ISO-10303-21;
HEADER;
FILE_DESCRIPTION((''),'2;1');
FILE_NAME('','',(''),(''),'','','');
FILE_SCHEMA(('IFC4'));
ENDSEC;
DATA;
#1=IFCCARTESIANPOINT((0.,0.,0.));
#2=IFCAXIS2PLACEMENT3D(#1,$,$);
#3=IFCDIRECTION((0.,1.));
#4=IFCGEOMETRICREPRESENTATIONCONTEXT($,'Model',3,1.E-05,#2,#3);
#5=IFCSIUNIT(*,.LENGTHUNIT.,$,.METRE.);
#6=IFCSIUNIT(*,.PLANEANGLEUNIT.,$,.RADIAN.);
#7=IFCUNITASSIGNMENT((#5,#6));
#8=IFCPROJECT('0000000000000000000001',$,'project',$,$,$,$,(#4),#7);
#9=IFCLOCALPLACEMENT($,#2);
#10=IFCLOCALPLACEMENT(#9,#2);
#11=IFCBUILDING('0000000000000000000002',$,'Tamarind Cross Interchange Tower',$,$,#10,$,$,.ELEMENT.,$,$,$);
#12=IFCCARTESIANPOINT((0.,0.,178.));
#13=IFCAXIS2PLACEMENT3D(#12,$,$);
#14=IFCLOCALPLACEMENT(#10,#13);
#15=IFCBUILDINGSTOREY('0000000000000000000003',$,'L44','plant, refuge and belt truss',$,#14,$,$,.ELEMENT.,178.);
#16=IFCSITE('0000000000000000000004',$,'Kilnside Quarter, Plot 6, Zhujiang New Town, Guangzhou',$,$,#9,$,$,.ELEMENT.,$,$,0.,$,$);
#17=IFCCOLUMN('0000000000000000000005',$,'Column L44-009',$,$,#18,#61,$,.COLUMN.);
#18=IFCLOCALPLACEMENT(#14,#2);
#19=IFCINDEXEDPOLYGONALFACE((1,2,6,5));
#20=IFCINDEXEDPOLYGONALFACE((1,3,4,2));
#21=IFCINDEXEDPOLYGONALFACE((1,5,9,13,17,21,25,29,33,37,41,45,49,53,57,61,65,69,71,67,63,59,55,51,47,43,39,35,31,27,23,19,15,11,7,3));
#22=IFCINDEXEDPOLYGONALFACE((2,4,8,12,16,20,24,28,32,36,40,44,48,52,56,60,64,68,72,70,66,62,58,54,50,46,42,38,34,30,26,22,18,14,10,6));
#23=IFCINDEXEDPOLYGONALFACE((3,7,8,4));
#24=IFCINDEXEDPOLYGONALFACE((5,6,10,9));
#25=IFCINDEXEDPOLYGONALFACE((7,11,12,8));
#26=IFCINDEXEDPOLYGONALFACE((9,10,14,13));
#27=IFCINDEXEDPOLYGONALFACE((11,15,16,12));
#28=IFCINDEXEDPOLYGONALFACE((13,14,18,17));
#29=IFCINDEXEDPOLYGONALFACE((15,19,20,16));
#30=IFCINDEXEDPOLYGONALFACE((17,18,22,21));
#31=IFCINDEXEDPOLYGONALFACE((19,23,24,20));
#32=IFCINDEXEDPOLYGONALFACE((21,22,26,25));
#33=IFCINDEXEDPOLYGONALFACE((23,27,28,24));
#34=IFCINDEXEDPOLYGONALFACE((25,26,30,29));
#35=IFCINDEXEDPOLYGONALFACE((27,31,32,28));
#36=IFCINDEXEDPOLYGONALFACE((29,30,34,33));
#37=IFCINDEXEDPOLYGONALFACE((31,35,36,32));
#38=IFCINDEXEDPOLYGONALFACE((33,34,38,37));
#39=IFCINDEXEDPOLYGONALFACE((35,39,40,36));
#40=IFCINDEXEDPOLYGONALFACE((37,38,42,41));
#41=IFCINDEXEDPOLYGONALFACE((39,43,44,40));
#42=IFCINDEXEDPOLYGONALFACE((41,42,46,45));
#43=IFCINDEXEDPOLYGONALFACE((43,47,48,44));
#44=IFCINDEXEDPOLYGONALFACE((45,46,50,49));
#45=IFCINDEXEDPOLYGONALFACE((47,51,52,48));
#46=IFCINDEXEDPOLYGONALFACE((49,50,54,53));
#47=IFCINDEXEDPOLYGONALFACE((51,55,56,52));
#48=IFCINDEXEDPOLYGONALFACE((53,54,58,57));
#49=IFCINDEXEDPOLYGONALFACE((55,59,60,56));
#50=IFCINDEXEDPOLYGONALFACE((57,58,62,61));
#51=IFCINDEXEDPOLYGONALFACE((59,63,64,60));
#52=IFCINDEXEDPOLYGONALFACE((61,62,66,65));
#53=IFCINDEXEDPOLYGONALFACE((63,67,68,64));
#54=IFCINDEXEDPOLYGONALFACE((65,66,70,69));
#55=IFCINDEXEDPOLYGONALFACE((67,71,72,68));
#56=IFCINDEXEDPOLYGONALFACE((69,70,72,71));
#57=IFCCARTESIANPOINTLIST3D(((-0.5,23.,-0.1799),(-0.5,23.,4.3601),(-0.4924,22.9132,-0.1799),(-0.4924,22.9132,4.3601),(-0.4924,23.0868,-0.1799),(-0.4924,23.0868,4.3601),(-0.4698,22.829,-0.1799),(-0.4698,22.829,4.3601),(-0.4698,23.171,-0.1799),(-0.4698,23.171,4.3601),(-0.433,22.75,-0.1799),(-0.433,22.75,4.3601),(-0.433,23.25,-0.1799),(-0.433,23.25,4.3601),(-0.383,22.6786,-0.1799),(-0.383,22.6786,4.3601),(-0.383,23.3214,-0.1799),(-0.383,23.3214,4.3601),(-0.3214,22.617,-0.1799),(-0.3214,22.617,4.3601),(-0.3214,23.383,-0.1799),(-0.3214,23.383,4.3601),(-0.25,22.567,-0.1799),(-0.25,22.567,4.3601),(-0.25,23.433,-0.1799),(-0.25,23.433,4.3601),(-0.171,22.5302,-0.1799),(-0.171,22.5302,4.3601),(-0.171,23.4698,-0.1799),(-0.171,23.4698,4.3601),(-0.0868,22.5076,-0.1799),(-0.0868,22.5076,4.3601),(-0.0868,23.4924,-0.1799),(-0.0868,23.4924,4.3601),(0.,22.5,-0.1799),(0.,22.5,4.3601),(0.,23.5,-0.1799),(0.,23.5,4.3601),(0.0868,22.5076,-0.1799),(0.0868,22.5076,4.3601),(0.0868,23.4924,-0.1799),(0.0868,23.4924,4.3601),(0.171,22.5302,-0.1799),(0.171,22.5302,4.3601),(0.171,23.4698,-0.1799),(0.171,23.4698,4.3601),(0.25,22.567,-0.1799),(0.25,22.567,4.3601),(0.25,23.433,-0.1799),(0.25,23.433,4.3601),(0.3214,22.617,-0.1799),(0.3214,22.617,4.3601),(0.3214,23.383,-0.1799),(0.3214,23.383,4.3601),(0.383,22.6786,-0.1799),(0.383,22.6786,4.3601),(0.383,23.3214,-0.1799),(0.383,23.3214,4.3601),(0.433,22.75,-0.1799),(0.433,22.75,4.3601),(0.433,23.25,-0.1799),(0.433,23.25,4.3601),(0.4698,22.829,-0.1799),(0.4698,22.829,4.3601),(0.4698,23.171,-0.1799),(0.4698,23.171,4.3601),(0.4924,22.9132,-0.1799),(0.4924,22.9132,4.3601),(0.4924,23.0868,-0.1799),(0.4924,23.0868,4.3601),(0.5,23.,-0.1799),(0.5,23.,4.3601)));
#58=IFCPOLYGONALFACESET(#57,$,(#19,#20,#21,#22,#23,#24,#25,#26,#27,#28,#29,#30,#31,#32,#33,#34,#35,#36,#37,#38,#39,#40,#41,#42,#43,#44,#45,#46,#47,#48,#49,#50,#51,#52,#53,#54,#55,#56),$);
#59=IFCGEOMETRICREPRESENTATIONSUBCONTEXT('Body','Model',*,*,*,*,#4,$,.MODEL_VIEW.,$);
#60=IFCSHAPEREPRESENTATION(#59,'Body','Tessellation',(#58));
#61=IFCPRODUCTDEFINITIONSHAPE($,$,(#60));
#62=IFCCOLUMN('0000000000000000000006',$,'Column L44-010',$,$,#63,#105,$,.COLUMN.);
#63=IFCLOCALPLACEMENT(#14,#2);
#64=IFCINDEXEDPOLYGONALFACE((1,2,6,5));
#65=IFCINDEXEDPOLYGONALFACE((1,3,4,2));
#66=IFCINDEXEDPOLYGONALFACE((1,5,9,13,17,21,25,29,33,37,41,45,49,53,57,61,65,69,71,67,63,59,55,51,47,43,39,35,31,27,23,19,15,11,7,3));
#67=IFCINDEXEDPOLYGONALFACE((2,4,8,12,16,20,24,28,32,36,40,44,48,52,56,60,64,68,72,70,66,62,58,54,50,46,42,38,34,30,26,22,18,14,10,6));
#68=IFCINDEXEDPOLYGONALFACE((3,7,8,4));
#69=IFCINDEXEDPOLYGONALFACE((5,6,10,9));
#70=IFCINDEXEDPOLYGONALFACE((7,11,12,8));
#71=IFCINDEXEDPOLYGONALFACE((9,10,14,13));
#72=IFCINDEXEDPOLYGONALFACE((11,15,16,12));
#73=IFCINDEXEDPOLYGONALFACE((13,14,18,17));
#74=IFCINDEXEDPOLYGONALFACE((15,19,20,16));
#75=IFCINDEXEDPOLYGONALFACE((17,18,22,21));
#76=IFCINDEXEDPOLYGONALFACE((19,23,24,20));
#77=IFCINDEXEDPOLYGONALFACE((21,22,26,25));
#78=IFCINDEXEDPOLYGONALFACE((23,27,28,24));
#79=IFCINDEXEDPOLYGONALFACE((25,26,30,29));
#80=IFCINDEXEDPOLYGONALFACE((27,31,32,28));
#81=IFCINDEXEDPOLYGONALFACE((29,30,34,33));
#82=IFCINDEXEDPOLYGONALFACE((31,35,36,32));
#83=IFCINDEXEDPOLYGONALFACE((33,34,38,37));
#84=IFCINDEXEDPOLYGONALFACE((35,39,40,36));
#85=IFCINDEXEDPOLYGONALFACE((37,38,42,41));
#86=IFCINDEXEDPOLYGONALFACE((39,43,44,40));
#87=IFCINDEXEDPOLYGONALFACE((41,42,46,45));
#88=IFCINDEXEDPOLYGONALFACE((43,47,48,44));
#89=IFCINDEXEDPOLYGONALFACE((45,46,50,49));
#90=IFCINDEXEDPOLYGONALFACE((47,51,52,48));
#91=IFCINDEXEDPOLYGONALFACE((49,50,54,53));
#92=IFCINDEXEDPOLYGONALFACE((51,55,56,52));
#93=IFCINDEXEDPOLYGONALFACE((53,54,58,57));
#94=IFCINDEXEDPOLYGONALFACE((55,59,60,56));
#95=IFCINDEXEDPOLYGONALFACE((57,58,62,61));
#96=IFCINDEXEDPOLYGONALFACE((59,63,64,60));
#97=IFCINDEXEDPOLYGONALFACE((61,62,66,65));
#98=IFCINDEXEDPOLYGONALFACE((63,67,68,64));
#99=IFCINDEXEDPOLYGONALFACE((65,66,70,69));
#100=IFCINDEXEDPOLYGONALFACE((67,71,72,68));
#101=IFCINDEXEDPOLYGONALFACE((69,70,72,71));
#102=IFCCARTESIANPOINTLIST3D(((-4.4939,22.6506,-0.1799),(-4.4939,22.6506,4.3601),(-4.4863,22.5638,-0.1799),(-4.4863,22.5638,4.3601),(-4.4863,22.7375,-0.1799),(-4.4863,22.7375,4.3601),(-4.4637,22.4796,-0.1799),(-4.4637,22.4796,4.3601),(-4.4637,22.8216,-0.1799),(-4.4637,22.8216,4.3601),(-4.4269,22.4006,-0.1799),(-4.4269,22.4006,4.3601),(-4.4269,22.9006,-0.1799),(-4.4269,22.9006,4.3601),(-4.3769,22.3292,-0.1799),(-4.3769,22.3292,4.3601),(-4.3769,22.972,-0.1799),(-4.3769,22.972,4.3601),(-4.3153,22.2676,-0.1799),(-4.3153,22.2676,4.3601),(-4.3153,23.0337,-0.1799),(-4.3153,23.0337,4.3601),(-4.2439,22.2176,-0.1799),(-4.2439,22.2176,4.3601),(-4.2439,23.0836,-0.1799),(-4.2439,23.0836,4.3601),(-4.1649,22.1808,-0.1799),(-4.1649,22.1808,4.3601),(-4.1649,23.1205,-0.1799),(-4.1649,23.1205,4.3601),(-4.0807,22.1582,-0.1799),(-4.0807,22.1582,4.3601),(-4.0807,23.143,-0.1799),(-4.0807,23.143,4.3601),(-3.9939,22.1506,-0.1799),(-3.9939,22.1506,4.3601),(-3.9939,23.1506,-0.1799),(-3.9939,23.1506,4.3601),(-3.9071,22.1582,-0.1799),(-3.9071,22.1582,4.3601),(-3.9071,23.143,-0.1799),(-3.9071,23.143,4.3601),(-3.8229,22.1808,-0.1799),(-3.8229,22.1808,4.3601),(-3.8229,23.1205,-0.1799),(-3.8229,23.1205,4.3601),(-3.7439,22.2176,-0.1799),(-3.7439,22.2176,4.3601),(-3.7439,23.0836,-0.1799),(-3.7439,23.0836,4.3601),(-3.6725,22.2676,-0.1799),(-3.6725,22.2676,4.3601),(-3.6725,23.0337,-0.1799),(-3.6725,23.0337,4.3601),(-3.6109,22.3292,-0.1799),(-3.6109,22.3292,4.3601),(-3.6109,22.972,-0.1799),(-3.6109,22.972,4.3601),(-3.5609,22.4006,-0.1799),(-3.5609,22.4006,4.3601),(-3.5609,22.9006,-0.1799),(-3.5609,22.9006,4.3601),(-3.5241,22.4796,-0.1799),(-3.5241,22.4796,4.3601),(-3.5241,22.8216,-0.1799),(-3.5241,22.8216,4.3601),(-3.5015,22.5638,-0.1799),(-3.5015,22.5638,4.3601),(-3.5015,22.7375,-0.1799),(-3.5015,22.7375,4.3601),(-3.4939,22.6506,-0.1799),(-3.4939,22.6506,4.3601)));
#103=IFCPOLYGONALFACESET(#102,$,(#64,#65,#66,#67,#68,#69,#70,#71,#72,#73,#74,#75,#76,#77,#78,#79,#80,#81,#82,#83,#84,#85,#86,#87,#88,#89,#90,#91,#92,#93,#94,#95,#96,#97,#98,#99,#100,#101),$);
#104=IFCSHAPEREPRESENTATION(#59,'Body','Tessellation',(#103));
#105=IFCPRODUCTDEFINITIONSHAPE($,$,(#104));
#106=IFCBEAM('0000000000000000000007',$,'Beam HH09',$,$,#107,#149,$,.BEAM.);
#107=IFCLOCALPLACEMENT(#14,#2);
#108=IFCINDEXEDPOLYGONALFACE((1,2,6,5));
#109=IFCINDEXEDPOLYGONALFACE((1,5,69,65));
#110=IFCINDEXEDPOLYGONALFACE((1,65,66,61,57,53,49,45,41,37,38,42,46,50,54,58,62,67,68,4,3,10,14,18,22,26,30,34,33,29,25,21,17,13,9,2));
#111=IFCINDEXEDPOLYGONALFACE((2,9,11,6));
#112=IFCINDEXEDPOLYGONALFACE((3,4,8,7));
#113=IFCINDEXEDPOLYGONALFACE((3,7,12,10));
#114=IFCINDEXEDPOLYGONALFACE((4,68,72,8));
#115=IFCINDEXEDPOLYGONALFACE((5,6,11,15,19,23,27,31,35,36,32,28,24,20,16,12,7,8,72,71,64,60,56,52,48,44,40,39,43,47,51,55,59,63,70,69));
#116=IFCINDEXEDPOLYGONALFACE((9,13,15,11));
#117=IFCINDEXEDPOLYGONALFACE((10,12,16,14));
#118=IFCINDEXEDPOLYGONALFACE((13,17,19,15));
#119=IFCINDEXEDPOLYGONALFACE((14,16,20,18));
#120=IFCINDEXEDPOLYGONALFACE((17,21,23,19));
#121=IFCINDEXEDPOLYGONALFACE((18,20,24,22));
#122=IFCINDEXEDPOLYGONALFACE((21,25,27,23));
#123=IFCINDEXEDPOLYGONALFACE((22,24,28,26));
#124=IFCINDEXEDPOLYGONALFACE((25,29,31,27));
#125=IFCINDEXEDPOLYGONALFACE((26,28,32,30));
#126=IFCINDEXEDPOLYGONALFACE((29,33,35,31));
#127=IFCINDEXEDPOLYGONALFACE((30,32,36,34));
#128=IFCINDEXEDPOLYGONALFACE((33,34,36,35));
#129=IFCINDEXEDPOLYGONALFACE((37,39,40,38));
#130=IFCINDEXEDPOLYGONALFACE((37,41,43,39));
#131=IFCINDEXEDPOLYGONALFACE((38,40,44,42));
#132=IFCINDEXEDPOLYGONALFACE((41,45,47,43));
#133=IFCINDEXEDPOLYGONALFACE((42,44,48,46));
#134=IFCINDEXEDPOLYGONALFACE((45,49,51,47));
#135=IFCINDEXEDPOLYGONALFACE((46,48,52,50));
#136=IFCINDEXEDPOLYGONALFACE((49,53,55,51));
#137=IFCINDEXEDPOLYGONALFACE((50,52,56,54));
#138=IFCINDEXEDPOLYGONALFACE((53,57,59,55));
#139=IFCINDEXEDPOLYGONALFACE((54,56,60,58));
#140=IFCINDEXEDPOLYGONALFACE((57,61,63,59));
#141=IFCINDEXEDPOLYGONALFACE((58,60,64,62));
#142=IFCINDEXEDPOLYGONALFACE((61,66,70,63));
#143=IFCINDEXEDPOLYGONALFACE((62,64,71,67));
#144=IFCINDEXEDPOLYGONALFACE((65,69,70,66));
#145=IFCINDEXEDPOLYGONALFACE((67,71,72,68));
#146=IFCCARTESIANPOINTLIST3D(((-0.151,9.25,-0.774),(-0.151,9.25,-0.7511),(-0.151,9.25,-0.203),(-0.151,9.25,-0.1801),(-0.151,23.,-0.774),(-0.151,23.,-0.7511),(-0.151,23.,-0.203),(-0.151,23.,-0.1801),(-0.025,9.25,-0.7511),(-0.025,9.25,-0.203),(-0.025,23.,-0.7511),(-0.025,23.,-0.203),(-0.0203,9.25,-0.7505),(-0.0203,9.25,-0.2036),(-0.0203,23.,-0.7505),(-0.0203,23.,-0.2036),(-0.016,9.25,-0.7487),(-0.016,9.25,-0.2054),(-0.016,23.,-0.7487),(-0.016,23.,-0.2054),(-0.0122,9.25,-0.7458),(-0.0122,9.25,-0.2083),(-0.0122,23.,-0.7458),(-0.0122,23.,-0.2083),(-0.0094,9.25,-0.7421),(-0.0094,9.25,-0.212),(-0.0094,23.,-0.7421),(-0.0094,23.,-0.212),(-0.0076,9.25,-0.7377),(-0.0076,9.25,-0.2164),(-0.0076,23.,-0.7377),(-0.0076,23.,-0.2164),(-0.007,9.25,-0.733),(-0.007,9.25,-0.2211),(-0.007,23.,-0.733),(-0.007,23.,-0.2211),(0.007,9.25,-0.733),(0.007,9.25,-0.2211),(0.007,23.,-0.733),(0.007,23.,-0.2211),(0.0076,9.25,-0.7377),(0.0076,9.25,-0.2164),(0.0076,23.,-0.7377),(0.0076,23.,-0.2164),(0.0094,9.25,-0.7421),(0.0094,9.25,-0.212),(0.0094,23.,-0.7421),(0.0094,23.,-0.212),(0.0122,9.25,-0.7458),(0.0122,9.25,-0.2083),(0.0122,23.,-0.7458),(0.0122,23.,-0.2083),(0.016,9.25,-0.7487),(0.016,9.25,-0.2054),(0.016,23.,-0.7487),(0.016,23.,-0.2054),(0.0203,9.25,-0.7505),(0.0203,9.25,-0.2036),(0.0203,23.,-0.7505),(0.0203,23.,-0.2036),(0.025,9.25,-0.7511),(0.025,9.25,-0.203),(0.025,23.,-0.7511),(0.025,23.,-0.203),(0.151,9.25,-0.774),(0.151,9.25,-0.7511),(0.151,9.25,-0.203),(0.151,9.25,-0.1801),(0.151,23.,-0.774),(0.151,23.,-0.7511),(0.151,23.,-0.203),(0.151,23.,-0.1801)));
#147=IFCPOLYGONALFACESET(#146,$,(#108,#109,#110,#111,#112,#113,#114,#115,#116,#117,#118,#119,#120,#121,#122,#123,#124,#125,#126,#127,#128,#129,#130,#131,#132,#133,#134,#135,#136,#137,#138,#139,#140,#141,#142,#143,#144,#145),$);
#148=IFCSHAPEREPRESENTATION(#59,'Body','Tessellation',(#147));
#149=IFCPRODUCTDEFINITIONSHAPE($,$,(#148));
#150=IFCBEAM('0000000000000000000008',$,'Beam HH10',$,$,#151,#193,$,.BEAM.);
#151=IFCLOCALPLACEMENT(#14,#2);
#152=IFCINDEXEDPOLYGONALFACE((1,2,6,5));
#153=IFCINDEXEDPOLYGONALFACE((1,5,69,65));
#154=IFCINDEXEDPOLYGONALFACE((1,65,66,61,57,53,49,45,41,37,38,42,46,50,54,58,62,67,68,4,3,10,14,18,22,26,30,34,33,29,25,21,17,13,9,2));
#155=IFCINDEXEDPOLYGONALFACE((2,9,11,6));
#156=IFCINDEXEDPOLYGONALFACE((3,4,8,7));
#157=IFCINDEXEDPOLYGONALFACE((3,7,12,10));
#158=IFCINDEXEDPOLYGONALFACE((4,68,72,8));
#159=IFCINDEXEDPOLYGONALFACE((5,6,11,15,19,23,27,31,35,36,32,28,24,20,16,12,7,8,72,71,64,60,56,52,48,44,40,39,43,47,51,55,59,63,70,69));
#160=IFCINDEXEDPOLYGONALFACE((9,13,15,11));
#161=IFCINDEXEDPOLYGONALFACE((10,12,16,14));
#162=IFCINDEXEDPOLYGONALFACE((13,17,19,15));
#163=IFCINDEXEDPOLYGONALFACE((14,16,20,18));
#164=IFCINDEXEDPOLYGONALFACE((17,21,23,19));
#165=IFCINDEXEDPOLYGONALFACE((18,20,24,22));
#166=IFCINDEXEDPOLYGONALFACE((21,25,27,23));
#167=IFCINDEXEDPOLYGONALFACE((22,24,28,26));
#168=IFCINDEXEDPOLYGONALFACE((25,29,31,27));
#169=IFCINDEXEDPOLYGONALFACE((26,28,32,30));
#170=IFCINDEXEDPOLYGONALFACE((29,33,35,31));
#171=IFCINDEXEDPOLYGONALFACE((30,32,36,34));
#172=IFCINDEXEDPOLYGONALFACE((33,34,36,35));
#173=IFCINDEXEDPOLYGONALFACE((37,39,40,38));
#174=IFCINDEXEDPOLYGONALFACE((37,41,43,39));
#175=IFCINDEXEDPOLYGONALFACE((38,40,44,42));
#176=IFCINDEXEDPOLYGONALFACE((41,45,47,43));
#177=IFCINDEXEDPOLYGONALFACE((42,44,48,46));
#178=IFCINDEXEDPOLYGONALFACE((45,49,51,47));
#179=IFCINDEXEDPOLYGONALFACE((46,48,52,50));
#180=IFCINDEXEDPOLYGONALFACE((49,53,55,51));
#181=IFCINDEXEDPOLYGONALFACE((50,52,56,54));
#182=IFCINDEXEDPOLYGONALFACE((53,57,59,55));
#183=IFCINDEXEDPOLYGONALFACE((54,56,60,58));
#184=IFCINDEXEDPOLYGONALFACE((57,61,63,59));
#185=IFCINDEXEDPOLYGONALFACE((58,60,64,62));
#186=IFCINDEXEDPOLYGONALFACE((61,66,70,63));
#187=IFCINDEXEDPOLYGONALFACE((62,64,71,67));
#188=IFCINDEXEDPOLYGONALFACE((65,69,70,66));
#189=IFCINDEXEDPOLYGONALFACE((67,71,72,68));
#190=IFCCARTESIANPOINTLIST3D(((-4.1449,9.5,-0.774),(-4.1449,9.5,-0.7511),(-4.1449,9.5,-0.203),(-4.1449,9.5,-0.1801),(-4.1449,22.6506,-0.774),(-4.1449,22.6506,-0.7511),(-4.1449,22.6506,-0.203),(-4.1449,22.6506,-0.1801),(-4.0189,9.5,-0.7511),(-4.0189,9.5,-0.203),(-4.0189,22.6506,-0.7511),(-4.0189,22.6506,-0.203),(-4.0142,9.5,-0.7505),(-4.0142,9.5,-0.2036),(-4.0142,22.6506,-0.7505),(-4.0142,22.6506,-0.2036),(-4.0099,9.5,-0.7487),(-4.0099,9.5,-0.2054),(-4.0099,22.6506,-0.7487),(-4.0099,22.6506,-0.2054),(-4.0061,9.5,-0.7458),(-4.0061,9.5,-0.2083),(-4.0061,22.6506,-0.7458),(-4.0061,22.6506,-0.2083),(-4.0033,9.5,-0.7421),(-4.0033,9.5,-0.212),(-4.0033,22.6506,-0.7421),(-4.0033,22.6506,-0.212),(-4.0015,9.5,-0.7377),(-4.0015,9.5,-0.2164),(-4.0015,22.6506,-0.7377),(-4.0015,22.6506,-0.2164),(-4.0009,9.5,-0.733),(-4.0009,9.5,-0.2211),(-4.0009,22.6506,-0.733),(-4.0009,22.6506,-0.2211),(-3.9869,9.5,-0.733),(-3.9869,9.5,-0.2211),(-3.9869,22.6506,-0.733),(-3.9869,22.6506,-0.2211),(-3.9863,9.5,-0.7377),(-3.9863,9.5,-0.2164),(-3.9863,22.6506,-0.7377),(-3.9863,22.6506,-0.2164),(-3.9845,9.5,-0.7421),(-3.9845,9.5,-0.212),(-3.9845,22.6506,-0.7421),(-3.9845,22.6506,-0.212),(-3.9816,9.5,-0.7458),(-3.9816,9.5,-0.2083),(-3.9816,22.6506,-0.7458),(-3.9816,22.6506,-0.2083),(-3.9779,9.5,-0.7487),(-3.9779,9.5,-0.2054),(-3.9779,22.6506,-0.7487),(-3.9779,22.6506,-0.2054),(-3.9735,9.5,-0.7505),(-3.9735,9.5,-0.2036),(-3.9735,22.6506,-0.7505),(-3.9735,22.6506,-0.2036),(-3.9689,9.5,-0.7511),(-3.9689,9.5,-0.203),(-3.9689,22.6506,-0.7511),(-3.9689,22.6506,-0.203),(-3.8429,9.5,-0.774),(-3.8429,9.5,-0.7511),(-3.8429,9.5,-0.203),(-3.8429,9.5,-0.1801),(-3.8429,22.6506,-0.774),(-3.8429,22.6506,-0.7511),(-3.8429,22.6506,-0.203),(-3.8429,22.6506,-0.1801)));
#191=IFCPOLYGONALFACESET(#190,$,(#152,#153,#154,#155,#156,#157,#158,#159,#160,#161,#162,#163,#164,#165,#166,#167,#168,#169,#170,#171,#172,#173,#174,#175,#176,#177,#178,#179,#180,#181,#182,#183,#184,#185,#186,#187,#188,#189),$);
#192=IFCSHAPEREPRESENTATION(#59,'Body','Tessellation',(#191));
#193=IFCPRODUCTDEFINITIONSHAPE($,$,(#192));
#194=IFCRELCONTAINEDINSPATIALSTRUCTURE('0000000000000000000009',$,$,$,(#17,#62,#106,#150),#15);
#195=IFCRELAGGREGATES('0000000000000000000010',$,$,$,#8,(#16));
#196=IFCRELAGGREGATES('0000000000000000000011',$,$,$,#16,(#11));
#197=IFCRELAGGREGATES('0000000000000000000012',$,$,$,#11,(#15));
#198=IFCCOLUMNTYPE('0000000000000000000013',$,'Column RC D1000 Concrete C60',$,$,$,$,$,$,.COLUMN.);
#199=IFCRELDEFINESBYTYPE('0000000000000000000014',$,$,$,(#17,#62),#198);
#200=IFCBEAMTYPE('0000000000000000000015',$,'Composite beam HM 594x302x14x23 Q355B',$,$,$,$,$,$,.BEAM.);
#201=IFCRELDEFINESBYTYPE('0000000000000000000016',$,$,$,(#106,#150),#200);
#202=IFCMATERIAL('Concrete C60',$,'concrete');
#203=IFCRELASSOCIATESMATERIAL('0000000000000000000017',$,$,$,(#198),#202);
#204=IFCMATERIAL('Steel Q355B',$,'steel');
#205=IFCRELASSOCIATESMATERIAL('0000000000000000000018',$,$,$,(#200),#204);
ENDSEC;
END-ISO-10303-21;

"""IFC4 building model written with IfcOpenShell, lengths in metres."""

from ifc_helpers import new_model, si_unit, direction, frame, origin, origin_2d, place, context, subcontext, project, spatial, circle, i_section, extrude, material, material_profile, profile_set, type_object, element, save


model = new_model("IFC4")

# Units and contexts
model_context = context("Model", 3, precision=1e-05, world=origin(), true_north=direction((0.0, 1.0)))
body_context = subcontext(model_context, "Body", "Model", "MODEL_VIEW")
ifc_project = project(units=[si_unit("LENGTHUNIT", "METRE"), si_unit("PLANEANGLEUNIT", "RADIAN")], contexts=[model_context])

# Site, building, storey
site_placement = place(None, origin())
site = spatial("IfcSite", under=ifc_project, at=site_placement, Name="Kilnside Quarter, Plot 6, Zhujiang New Town, Guangzhou", CompositionType="ELEMENT", RefElevation=0.0)
building_placement = place(site_placement, origin())
building = spatial("IfcBuilding", under=site, at=building_placement, Name="Tamarind Cross Interchange Tower", CompositionType="ELEMENT")
storey_placement = place(building_placement, frame((0.0, 0.0, 178.0)))
storey = spatial("IfcBuildingStorey", under=building, at=storey_placement, Name="L44", Description="plant, refuge and belt truss", CompositionType="ELEMENT", Elevation=178.0)

# Columns
ifc_material_1 = material(Name="Concrete C60", Category="concrete")
ifc_material_profile_1 = material_profile(ifc_material_1, circle(Radius=0.5, at=origin_2d()), Name="RC D1000")
ifc_profile_set_1 = profile_set([ifc_material_profile_1], Name="Concrete C60")
column_type = type_object("IfcColumnType", Name="Column RC D1000 Concrete C60", PredefinedType="COLUMN", material=ifc_profile_set_1)
for number, where, z_axis, x_axis, name in (
    (1, (0.0, 23.0, -0.1799), (0.0, 0.0, 1.0), (1.0, 0.0, 0.0), "Column L44-009"),
    (2, (-3.9939, 22.6506, -0.1799), (0.0, 0.0, 1.0), (1.0, 0.0, 0.0), "Column L44-010"),
):
    element("IfcColumn", number, at=place(storey_placement, frame(where, z_axis=z_axis, x_axis=x_axis)), inside=storey, type_object=column_type, Name=name, PredefinedType="COLUMN", context=body_context, shape_type="SweptSolid", body=[
        extrude(circle(Radius=0.5, at=origin_2d()), origin(), (0.0, 0.0, 1.0), 4.54),
    ])

# Beams
ifc_material_2 = material(Name="Steel Q355B", Category="steel")
ifc_material_profile_2 = material_profile(ifc_material_2, i_section(OverallWidth=0.302, OverallDepth=0.594, WebThickness=0.0139, FlangeThickness=0.0229, FilletRadius=0.0181, at=origin_2d()), Name="HM 594x302x14x23")
ifc_profile_set_2 = profile_set([ifc_material_profile_2], Name="Steel Q355B")
beam_type_1 = type_object("IfcBeamType", Name="Composite beam HM 594x302x14x23 Q355B", PredefinedType="BEAM", material=ifc_profile_set_2)
beam_1_placement = place(storey_placement, frame((0.0, 23.0, -0.4771), z_axis=(0.0, -1.0, 0.0), x_axis=(1.0, 0.0, 0.0)))
element("IfcBeam", 3, at=beam_1_placement, inside=storey, type_object=beam_type_1, Name="Beam HH09", PredefinedType="BEAM", context=body_context, shape_type="SweptSolid", body=[
    extrude(i_section(OverallWidth=0.302, OverallDepth=0.594, WebThickness=0.0139, FlangeThickness=0.0229, FilletRadius=0.0181, at=origin_2d()), origin(), (0.0, 0.0, 1.0), 13.75),
])
beam_2_placement = place(storey_placement, frame((-3.9939, 22.6506, -0.4771), z_axis=(0.0, -1.0, 0.0), x_axis=(1.0, 0.0, 0.0)))
element("IfcBeam", 4, at=beam_2_placement, inside=storey, type_object=beam_type_1, Name="Beam HH10", PredefinedType="BEAM", context=body_context, shape_type="SweptSolid", body=[
    extrude(i_section(OverallWidth=0.302, OverallDepth=0.594, WebThickness=0.0139, FlangeThickness=0.0229, FilletRadius=0.0181, at=origin_2d()), origin(), (0.0, 0.0, 1.0), 13.1506),
])

save(model, "model.ifc")
